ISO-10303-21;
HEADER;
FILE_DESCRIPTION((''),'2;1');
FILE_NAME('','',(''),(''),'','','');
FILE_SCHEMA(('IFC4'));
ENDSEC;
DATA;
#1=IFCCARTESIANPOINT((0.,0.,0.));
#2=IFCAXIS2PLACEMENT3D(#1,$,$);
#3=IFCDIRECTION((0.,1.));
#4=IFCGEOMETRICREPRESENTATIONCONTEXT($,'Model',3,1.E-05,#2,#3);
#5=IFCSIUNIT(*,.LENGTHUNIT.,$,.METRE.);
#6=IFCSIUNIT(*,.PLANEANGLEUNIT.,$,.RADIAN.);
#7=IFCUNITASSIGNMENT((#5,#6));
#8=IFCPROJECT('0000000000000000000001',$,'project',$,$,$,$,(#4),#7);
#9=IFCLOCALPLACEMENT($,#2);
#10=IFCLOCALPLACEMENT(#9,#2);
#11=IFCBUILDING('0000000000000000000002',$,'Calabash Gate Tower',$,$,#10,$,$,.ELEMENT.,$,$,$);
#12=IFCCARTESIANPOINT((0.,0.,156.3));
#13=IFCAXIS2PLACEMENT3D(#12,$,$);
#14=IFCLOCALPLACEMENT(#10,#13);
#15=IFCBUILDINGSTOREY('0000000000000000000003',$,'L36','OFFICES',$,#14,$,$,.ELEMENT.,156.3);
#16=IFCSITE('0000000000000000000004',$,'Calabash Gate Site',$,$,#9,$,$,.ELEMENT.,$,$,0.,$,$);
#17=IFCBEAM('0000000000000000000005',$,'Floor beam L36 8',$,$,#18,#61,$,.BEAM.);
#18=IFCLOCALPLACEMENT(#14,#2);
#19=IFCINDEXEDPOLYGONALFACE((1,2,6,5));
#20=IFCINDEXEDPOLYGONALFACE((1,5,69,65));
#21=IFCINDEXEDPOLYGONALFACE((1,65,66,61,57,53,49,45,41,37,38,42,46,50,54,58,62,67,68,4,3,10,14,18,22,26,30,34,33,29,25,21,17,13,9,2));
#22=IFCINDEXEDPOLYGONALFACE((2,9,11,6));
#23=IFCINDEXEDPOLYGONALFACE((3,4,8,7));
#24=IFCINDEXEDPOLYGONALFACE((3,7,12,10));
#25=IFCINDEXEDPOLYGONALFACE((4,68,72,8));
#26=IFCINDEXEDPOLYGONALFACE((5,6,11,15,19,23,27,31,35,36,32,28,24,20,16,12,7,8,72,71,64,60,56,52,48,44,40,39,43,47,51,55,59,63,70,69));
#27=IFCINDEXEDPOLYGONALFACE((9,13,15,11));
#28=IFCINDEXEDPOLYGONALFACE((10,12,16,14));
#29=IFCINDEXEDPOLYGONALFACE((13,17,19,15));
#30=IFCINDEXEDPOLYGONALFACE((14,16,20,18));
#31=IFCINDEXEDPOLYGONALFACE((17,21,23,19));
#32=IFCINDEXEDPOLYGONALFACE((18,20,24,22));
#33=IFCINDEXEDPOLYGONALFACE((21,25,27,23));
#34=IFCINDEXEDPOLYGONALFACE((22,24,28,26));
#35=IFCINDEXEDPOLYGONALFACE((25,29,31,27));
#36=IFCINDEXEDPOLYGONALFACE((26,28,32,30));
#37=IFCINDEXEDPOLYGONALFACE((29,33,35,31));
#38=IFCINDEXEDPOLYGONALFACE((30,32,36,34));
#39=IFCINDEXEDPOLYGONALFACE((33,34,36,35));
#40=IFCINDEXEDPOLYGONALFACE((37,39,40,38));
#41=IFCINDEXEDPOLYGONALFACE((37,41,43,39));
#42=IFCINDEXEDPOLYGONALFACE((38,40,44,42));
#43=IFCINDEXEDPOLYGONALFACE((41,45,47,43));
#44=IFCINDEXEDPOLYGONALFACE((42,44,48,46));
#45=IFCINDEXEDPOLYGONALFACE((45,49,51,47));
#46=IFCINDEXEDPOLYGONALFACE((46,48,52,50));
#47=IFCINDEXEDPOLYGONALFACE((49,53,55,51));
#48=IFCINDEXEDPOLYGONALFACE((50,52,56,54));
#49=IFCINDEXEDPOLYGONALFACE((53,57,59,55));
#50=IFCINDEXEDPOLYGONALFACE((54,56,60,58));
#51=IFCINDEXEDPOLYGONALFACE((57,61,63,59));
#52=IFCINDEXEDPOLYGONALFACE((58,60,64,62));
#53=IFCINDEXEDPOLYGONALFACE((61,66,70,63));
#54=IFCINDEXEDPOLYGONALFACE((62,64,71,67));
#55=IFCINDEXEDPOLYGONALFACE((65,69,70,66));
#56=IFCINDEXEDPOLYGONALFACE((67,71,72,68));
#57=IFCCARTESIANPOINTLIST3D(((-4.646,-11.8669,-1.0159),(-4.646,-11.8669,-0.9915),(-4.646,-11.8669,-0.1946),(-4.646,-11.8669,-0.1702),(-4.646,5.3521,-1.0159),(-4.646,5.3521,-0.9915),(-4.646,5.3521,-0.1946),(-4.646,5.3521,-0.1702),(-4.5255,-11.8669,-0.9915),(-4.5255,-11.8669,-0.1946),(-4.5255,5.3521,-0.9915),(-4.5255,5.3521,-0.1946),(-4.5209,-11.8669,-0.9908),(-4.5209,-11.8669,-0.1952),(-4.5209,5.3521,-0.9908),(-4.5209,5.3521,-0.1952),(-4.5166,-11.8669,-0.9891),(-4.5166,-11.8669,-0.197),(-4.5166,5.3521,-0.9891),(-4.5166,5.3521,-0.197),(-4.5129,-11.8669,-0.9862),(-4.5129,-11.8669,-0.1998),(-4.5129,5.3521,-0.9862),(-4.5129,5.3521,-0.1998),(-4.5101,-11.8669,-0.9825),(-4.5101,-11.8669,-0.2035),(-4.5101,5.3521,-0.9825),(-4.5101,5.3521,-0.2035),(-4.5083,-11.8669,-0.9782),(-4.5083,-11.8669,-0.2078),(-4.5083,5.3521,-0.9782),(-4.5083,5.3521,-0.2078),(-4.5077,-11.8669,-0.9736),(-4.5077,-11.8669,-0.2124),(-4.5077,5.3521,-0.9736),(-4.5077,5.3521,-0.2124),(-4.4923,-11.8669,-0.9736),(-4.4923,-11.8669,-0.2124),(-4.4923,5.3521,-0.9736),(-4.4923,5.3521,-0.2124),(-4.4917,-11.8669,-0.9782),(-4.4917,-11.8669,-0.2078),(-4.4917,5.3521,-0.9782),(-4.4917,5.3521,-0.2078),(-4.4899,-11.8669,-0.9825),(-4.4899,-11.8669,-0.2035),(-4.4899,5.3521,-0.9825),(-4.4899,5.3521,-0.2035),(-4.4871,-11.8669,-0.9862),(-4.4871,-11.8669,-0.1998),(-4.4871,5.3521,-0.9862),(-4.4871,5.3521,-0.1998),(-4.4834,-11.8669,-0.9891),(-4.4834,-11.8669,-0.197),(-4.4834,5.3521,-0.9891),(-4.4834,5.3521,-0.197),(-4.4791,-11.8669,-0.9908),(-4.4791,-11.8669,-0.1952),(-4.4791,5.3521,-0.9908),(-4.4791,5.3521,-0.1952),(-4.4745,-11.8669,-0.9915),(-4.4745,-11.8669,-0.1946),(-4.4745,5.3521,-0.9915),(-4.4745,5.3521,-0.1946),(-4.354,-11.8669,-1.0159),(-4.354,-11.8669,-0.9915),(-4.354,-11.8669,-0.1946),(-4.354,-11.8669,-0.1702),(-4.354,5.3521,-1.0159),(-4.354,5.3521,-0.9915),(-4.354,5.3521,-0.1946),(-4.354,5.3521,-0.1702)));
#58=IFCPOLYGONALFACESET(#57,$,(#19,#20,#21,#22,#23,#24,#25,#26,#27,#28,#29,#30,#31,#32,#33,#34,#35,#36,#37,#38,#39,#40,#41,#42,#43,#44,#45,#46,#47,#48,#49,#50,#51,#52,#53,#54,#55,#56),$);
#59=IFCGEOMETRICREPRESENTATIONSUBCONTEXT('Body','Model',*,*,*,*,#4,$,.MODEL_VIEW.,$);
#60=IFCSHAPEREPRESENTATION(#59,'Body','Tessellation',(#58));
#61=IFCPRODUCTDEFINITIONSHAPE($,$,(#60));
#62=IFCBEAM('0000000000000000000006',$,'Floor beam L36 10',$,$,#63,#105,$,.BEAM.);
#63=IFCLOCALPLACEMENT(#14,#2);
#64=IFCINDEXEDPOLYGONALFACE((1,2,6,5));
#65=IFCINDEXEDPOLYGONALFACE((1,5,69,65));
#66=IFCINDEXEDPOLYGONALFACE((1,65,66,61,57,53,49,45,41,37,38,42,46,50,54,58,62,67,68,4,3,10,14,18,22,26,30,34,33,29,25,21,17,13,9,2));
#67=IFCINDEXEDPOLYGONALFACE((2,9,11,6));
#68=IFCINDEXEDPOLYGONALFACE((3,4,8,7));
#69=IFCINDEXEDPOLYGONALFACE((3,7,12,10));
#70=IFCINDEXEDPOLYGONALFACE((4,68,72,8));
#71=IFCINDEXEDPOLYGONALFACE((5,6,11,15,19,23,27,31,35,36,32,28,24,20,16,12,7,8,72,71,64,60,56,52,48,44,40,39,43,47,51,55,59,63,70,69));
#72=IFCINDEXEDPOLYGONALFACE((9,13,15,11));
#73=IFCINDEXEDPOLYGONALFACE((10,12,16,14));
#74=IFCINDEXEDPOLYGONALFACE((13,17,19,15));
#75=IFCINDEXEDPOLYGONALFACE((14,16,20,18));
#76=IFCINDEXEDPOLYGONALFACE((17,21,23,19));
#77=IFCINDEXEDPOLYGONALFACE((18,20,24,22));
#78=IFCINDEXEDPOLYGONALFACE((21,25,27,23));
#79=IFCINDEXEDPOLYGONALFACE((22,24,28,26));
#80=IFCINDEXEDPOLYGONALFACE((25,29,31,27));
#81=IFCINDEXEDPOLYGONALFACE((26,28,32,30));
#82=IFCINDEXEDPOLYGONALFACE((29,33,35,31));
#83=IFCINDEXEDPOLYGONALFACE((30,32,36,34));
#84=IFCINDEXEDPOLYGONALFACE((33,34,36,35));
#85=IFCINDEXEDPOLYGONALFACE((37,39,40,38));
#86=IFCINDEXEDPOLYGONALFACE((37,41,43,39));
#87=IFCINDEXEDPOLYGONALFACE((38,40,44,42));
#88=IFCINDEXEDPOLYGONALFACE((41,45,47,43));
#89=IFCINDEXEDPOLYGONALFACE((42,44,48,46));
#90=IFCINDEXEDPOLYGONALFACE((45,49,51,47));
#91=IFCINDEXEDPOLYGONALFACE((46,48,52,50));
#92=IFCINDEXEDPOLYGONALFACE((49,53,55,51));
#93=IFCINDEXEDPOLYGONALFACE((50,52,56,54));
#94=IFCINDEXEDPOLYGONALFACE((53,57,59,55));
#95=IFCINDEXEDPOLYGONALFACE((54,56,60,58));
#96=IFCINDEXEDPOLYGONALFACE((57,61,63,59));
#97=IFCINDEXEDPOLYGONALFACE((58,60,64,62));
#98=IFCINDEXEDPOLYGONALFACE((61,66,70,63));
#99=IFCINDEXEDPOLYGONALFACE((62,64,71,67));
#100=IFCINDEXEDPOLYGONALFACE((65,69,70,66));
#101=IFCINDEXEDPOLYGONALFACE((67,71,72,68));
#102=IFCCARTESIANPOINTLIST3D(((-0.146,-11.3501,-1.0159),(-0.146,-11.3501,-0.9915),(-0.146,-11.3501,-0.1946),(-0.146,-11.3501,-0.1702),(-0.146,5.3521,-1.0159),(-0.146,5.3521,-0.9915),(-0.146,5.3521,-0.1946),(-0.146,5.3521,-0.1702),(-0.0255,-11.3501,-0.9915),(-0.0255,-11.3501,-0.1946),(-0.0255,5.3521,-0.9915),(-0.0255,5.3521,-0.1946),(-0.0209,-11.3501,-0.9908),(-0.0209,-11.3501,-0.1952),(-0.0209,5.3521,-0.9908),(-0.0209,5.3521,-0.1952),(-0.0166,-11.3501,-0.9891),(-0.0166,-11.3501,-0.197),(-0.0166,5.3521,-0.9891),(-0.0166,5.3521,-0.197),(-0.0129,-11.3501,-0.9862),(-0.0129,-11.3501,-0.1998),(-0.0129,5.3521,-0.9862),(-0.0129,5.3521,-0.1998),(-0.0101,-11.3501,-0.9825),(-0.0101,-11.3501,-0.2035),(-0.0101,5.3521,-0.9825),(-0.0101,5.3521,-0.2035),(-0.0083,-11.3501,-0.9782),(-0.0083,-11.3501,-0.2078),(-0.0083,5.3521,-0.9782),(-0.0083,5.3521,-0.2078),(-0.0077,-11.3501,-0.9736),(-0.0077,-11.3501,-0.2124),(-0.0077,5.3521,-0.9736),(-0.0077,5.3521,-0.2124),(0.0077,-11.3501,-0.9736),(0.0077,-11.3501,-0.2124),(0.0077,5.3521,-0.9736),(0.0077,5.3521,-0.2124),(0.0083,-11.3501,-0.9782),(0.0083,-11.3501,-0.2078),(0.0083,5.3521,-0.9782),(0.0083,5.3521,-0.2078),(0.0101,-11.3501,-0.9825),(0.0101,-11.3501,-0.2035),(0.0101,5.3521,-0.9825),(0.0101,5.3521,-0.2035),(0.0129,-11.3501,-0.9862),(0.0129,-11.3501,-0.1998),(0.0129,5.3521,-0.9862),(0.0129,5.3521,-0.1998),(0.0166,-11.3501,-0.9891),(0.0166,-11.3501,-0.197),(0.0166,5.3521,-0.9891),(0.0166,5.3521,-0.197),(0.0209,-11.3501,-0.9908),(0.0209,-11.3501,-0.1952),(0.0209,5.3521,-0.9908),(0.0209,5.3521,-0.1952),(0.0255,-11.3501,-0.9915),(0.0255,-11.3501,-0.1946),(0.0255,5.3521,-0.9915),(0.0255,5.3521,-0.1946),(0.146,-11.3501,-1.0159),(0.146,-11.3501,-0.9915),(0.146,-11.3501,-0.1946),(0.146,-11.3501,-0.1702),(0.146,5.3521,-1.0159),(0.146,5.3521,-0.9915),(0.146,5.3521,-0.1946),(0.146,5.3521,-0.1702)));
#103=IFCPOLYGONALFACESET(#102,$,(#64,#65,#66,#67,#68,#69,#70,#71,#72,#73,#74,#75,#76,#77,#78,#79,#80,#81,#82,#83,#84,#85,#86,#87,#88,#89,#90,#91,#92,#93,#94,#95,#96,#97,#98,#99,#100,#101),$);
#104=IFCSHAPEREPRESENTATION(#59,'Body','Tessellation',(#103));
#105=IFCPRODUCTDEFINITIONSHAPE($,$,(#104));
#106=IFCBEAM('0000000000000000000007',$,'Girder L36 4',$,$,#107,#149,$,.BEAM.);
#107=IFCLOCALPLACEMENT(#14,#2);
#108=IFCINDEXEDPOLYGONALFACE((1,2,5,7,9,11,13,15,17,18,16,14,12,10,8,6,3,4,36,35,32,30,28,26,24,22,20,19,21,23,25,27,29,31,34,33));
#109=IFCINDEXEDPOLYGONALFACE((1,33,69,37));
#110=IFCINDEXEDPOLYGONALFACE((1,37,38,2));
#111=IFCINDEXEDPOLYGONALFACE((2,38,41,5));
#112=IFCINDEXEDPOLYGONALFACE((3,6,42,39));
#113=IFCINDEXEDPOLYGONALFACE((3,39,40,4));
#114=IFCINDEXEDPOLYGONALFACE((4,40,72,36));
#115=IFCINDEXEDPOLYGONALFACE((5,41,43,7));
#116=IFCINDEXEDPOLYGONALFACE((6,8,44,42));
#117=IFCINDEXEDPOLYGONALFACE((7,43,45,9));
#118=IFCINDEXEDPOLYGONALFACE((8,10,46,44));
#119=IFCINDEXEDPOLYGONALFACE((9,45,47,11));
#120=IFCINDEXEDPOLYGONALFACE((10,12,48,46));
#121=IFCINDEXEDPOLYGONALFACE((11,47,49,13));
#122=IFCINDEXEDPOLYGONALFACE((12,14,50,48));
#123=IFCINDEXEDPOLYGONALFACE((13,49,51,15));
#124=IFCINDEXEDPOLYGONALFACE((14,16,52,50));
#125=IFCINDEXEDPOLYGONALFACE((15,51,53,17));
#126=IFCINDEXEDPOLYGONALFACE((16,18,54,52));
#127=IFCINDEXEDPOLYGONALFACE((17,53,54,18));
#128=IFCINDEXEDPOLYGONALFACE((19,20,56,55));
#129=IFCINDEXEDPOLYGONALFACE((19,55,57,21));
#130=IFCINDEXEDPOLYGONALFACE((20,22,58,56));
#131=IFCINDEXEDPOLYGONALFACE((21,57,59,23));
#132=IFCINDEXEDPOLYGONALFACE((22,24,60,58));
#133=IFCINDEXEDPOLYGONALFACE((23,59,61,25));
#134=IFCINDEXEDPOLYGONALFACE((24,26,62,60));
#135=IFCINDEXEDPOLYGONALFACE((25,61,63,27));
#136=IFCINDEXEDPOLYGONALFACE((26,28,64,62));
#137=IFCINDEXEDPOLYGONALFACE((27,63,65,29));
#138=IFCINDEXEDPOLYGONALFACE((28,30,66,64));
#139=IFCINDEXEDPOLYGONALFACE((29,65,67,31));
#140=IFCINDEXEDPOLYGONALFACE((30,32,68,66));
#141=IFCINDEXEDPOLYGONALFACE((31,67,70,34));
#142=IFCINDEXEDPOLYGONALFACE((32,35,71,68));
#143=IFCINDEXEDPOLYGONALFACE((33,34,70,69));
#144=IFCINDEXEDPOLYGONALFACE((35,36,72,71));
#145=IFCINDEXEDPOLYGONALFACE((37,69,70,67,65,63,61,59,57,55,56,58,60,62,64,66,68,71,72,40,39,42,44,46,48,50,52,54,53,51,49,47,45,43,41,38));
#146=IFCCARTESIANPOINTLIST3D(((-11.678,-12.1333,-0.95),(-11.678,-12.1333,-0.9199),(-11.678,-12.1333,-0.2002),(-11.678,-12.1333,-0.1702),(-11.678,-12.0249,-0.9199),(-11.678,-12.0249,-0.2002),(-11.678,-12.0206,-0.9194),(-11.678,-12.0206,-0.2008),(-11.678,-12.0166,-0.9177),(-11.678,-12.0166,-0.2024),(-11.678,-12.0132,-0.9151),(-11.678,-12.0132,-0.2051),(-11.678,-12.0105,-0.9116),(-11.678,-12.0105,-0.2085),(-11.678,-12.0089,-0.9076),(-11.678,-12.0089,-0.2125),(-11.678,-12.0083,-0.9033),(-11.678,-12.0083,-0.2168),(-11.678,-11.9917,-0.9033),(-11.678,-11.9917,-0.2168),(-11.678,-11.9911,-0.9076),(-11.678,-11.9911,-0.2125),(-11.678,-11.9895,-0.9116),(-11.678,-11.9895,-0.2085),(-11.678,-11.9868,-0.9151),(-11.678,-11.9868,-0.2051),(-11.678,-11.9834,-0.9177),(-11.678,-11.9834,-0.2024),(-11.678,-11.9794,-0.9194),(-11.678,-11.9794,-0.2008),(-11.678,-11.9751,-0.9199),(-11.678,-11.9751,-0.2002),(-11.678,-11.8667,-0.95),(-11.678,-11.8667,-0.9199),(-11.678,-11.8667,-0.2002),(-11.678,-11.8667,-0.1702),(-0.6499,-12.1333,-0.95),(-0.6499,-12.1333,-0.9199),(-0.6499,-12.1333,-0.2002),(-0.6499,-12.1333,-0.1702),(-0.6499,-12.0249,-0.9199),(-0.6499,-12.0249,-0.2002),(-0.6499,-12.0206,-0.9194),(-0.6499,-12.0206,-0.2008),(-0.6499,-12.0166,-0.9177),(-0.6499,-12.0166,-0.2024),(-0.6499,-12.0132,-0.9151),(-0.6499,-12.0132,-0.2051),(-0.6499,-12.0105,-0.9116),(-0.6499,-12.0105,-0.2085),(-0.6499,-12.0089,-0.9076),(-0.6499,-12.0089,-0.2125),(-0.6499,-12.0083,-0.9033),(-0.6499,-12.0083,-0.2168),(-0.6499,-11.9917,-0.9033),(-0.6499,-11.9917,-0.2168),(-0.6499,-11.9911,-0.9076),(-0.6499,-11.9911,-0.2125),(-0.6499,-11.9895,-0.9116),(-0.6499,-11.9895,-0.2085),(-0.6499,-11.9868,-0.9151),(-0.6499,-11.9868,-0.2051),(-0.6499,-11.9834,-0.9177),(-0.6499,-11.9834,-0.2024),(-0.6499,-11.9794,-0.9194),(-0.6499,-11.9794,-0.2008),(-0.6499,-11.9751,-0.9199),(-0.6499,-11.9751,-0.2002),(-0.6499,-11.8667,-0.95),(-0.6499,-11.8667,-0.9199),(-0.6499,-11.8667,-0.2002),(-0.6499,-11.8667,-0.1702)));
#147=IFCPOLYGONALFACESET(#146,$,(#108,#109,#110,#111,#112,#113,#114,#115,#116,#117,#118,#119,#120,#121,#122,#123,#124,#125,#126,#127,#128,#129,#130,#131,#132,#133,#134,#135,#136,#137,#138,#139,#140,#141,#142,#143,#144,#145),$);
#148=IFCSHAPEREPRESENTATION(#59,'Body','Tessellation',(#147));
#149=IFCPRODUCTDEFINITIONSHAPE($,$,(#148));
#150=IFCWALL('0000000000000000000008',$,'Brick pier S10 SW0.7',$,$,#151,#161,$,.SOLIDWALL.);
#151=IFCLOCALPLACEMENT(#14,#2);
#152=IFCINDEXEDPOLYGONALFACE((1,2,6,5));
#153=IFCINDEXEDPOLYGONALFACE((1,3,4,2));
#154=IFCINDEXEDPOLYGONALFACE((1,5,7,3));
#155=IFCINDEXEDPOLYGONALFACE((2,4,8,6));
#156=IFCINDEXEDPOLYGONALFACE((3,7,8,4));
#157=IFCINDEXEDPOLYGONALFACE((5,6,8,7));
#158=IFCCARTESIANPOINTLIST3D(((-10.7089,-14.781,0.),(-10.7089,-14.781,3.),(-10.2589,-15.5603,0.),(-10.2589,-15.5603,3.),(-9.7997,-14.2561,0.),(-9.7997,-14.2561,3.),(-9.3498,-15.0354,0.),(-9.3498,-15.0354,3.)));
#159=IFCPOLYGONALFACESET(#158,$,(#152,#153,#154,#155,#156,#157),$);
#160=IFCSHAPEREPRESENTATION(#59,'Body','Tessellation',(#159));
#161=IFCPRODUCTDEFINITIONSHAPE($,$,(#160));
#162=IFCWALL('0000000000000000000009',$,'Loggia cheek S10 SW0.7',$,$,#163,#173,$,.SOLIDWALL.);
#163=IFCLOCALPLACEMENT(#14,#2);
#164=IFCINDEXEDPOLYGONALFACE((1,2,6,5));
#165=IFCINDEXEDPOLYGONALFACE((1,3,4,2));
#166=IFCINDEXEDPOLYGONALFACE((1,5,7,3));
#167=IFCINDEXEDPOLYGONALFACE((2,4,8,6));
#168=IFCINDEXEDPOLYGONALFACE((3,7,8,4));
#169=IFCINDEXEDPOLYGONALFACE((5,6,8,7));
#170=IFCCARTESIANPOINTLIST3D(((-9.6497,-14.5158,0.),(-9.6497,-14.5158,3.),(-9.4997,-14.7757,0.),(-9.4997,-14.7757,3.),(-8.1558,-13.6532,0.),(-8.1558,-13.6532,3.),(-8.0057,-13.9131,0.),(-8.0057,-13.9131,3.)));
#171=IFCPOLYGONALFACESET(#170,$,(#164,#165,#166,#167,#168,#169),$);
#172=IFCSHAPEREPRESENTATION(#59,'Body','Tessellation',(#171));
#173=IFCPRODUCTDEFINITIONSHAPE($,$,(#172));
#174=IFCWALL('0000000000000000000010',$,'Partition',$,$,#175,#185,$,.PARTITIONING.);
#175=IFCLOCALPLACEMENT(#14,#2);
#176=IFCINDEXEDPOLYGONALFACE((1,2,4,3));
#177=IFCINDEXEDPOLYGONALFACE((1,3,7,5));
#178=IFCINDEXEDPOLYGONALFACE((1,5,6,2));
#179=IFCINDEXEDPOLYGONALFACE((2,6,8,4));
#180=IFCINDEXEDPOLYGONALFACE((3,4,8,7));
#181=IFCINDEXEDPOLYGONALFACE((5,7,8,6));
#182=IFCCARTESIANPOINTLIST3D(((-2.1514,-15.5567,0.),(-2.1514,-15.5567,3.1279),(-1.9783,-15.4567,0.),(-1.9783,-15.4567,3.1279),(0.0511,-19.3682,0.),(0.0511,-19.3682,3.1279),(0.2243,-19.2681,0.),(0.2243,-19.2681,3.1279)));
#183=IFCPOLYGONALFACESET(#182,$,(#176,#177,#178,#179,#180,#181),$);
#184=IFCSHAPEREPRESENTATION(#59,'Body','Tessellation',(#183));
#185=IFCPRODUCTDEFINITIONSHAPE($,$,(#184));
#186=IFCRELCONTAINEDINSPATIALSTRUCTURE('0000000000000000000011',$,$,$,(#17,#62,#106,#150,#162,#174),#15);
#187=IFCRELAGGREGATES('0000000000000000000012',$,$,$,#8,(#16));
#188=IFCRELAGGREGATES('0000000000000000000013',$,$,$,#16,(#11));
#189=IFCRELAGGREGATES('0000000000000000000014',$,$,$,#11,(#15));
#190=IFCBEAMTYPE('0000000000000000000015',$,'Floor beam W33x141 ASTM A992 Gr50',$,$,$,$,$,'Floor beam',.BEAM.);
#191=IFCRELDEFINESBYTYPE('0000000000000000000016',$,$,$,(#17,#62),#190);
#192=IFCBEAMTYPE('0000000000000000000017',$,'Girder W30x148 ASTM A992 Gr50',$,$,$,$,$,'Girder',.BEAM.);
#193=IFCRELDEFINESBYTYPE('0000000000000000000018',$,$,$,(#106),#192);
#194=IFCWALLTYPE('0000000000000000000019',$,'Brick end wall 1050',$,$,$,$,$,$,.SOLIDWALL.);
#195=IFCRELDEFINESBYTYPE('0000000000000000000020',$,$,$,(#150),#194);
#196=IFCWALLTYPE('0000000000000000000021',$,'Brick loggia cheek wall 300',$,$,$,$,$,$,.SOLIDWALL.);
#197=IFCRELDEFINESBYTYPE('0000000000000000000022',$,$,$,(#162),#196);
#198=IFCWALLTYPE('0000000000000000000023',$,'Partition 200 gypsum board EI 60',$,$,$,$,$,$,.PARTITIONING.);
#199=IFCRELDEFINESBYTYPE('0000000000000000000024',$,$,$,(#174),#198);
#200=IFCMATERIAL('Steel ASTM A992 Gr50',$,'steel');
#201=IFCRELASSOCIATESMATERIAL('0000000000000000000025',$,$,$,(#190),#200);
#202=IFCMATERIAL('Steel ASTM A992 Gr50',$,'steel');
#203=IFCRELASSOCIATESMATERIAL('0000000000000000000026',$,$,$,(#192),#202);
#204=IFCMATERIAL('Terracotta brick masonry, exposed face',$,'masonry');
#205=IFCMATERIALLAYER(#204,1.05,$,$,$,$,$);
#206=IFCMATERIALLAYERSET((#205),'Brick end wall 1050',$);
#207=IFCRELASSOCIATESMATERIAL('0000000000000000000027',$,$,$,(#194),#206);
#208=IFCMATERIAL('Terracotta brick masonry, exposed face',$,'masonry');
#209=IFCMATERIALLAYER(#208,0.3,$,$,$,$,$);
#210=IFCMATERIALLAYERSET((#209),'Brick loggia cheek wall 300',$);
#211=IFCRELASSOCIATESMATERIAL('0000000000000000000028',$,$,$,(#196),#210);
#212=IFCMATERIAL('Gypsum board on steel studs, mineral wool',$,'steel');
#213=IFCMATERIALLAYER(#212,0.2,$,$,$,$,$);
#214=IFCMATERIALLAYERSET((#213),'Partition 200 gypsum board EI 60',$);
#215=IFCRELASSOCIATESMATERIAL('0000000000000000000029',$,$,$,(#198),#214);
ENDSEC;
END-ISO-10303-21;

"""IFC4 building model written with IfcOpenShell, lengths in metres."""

from ifc_helpers import new_model, si_unit, direction, frame, frame_2d, origin, origin_2d, place, context, subcontext, project, spatial, rectangle, i_section, extrude, material, layer, layer_set, material_profile, profile_set, type_object, element, save


model = new_model("IFC4")

# Units and contexts
model_context = context("Model", 3, precision=1e-05, world=origin(), true_north=direction((0.0, 1.0)))
body_context = subcontext(model_context, "Body", "Model", "MODEL_VIEW")
ifc_project = project(units=[si_unit("LENGTHUNIT", "METRE"), si_unit("PLANEANGLEUNIT", "RADIAN")], contexts=[model_context])

# Site, building, storey
site_placement = place(None, origin())
site = spatial("IfcSite", under=ifc_project, at=site_placement, Name="Calabash Gate Site", CompositionType="ELEMENT", RefElevation=0.0)
building_placement = place(site_placement, origin())
building = spatial("IfcBuilding", under=site, at=building_placement, Name="Calabash Gate Tower", CompositionType="ELEMENT")
storey_placement = place(building_placement, frame((0.0, 0.0, 156.3)))
storey = spatial("IfcBuildingStorey", under=building, at=storey_placement, Name="L36", Description="OFFICES", CompositionType="ELEMENT", Elevation=156.3)

# Beams
ifc_material_1 = material(Name="Steel ASTM A992 Gr50", Category="steel")
ifc_material_profile_1 = material_profile(ifc_material_1, i_section(OverallWidth=0.292, OverallDepth=0.8457, WebThickness=0.0154, FlangeThickness=0.0244, FilletRadius=0.0178, at=origin_2d()))
ifc_profile_set_1 = profile_set([ifc_material_profile_1], Name="Steel ASTM A992 Gr50")
beam_type_1 = type_object("IfcBeamType", Name="Floor beam W33x141 ASTM A992 Gr50", ElementType="Floor beam", PredefinedType="BEAM", material=ifc_profile_set_1)
beam_1_placement = place(storey_placement, frame((-4.5, -11.8669, -0.593), z_axis=(0.0, 1.0, 0.0), x_axis=(-1.0, 0.0, 0.0)))
element("IfcBeam", 1, at=beam_1_placement, inside=storey, type_object=beam_type_1, Name="Floor beam L36 8", PredefinedType="BEAM", context=body_context, shape_type="SweptSolid", body=[
    extrude(i_section(OverallWidth=0.292, OverallDepth=0.8457, WebThickness=0.0154, FlangeThickness=0.0244, FilletRadius=0.0178, at=origin_2d()), origin(), (0.0, 0.0, 1.0), 17.219),
])
beam_2_placement = place(storey_placement, frame((0.0, -11.3501, -0.593), z_axis=(0.0, 1.0, 0.0), x_axis=(-1.0, 0.0, 0.0)))
element("IfcBeam", 2, at=beam_2_placement, inside=storey, type_object=beam_type_1, Name="Floor beam L36 10", PredefinedType="BEAM", context=body_context, shape_type="SweptSolid", body=[
    extrude(i_section(OverallWidth=0.292, OverallDepth=0.8457, WebThickness=0.0154, FlangeThickness=0.0244, FilletRadius=0.0178, at=origin_2d()), origin(), (0.0, 0.0, 1.0), 16.7021),
])
ifc_material_2 = material(Name="Steel ASTM A992 Gr50", Category="steel")
ifc_material_profile_2 = material_profile(ifc_material_2, i_section(OverallWidth=0.2666, OverallDepth=0.7798, WebThickness=0.0166, FlangeThickness=0.03, FilletRadius=0.0166, at=origin_2d()))
ifc_profile_set_2 = profile_set([ifc_material_profile_2], Name="Steel ASTM A992 Gr50")
beam_type_2 = type_object("IfcBeamType", Name="Girder W30x148 ASTM A992 Gr50", ElementType="Girder", PredefinedType="BEAM", material=ifc_profile_set_2)
beam_3_placement = place(storey_placement, frame((-11.678, -12.0, -0.5601), z_axis=(1.0, 0.0, 0.0), x_axis=(0.0, 1.0, 0.0)))
element("IfcBeam", 3, at=beam_3_placement, inside=storey, type_object=beam_type_2, Name="Girder L36 4", PredefinedType="BEAM", context=body_context, shape_type="SweptSolid", body=[
    extrude(i_section(OverallWidth=0.2666, OverallDepth=0.7798, WebThickness=0.0166, FlangeThickness=0.03, FilletRadius=0.0166, at=origin_2d()), origin(), (0.0, 0.0, 1.0), 11.0281),
])

# Walls
ifc_material_3 = material(Name="Terracotta brick masonry, exposed face", Category="masonry")
ifc_layer_1 = layer(ifc_material_3, 1.05)
ifc_layer_set_1 = layer_set([ifc_layer_1], Name="Brick end wall 1050")
wall_type_1 = type_object("IfcWallType", Name="Brick end wall 1050", PredefinedType="SOLIDWALL", material=ifc_layer_set_1)
wall_1_placement = place(storey_placement, frame((-10.4839, -15.1707, 0.0), z_axis=(0.0, 0.0, 1.0), x_axis=(0.866031, 0.499991, 0.0)))
element("IfcWall", 4, at=wall_1_placement, inside=storey, type_object=wall_type_1, Name="Brick pier S10 SW0.7", PredefinedType="SOLIDWALL", context=body_context, shape_type="SweptSolid", body=[
    extrude(rectangle(XDim=1.0498, YDim=0.8999, at=frame_2d((0.5249, 0.0))), origin(), (0.0, 0.0, 1.0), 3.0),
])
ifc_material_4 = material(Name="Terracotta brick masonry, exposed face", Category="masonry")
ifc_layer_2 = layer(ifc_material_4, 0.3)
ifc_layer_set_2 = layer_set([ifc_layer_2], Name="Brick loggia cheek wall 300")
wall_type_2 = type_object("IfcWallType", Name="Brick loggia cheek wall 300", PredefinedType="SOLIDWALL", material=ifc_layer_set_2)
wall_2_placement = place(storey_placement, frame((-9.5747, -14.6458, 0.0), z_axis=(0.0, 0.0, 1.0), x_axis=(0.866014, 0.500021, 0.0)))
element("IfcWall", 5, at=wall_2_placement, inside=storey, type_object=wall_type_2, Name="Loggia cheek S10 SW0.7", PredefinedType="SOLIDWALL", context=body_context, shape_type="SweptSolid", body=[
    extrude(rectangle(XDim=1.7251, YDim=0.3, at=frame_2d((0.8625, 0.0))), origin(), (0.0, 0.0, 1.0), 3.0),
])
ifc_material_5 = material(Name="Gypsum board on steel studs, mineral wool", Category="steel")
ifc_layer_3 = layer(ifc_material_5, 0.2)
ifc_layer_set_3 = layer_set([ifc_layer_3], Name="Partition 200 gypsum board EI 60")
wall_type_3 = type_object("IfcWallType", Name="Partition 200 gypsum board EI 60", PredefinedType="PARTITIONING", material=ifc_layer_set_3)
wall_3_placement = place(storey_placement, frame((-2.0649, -15.5066, 0.0), z_axis=(0.0, 0.0, 1.0), x_axis=(0.50035, -0.865823, 0.0)))
element("IfcWall", 6, at=wall_3_placement, inside=storey, type_object=wall_type_3, Name="Partition", PredefinedType="PARTITIONING", context=body_context, shape_type="SweptSolid", body=[
    extrude(rectangle(XDim=4.4021, YDim=0.2, at=frame_2d((2.2012, 0.0))), origin(), (0.0, 0.0, 1.0), 3.1279),
])

save(model, "model.ifc")
